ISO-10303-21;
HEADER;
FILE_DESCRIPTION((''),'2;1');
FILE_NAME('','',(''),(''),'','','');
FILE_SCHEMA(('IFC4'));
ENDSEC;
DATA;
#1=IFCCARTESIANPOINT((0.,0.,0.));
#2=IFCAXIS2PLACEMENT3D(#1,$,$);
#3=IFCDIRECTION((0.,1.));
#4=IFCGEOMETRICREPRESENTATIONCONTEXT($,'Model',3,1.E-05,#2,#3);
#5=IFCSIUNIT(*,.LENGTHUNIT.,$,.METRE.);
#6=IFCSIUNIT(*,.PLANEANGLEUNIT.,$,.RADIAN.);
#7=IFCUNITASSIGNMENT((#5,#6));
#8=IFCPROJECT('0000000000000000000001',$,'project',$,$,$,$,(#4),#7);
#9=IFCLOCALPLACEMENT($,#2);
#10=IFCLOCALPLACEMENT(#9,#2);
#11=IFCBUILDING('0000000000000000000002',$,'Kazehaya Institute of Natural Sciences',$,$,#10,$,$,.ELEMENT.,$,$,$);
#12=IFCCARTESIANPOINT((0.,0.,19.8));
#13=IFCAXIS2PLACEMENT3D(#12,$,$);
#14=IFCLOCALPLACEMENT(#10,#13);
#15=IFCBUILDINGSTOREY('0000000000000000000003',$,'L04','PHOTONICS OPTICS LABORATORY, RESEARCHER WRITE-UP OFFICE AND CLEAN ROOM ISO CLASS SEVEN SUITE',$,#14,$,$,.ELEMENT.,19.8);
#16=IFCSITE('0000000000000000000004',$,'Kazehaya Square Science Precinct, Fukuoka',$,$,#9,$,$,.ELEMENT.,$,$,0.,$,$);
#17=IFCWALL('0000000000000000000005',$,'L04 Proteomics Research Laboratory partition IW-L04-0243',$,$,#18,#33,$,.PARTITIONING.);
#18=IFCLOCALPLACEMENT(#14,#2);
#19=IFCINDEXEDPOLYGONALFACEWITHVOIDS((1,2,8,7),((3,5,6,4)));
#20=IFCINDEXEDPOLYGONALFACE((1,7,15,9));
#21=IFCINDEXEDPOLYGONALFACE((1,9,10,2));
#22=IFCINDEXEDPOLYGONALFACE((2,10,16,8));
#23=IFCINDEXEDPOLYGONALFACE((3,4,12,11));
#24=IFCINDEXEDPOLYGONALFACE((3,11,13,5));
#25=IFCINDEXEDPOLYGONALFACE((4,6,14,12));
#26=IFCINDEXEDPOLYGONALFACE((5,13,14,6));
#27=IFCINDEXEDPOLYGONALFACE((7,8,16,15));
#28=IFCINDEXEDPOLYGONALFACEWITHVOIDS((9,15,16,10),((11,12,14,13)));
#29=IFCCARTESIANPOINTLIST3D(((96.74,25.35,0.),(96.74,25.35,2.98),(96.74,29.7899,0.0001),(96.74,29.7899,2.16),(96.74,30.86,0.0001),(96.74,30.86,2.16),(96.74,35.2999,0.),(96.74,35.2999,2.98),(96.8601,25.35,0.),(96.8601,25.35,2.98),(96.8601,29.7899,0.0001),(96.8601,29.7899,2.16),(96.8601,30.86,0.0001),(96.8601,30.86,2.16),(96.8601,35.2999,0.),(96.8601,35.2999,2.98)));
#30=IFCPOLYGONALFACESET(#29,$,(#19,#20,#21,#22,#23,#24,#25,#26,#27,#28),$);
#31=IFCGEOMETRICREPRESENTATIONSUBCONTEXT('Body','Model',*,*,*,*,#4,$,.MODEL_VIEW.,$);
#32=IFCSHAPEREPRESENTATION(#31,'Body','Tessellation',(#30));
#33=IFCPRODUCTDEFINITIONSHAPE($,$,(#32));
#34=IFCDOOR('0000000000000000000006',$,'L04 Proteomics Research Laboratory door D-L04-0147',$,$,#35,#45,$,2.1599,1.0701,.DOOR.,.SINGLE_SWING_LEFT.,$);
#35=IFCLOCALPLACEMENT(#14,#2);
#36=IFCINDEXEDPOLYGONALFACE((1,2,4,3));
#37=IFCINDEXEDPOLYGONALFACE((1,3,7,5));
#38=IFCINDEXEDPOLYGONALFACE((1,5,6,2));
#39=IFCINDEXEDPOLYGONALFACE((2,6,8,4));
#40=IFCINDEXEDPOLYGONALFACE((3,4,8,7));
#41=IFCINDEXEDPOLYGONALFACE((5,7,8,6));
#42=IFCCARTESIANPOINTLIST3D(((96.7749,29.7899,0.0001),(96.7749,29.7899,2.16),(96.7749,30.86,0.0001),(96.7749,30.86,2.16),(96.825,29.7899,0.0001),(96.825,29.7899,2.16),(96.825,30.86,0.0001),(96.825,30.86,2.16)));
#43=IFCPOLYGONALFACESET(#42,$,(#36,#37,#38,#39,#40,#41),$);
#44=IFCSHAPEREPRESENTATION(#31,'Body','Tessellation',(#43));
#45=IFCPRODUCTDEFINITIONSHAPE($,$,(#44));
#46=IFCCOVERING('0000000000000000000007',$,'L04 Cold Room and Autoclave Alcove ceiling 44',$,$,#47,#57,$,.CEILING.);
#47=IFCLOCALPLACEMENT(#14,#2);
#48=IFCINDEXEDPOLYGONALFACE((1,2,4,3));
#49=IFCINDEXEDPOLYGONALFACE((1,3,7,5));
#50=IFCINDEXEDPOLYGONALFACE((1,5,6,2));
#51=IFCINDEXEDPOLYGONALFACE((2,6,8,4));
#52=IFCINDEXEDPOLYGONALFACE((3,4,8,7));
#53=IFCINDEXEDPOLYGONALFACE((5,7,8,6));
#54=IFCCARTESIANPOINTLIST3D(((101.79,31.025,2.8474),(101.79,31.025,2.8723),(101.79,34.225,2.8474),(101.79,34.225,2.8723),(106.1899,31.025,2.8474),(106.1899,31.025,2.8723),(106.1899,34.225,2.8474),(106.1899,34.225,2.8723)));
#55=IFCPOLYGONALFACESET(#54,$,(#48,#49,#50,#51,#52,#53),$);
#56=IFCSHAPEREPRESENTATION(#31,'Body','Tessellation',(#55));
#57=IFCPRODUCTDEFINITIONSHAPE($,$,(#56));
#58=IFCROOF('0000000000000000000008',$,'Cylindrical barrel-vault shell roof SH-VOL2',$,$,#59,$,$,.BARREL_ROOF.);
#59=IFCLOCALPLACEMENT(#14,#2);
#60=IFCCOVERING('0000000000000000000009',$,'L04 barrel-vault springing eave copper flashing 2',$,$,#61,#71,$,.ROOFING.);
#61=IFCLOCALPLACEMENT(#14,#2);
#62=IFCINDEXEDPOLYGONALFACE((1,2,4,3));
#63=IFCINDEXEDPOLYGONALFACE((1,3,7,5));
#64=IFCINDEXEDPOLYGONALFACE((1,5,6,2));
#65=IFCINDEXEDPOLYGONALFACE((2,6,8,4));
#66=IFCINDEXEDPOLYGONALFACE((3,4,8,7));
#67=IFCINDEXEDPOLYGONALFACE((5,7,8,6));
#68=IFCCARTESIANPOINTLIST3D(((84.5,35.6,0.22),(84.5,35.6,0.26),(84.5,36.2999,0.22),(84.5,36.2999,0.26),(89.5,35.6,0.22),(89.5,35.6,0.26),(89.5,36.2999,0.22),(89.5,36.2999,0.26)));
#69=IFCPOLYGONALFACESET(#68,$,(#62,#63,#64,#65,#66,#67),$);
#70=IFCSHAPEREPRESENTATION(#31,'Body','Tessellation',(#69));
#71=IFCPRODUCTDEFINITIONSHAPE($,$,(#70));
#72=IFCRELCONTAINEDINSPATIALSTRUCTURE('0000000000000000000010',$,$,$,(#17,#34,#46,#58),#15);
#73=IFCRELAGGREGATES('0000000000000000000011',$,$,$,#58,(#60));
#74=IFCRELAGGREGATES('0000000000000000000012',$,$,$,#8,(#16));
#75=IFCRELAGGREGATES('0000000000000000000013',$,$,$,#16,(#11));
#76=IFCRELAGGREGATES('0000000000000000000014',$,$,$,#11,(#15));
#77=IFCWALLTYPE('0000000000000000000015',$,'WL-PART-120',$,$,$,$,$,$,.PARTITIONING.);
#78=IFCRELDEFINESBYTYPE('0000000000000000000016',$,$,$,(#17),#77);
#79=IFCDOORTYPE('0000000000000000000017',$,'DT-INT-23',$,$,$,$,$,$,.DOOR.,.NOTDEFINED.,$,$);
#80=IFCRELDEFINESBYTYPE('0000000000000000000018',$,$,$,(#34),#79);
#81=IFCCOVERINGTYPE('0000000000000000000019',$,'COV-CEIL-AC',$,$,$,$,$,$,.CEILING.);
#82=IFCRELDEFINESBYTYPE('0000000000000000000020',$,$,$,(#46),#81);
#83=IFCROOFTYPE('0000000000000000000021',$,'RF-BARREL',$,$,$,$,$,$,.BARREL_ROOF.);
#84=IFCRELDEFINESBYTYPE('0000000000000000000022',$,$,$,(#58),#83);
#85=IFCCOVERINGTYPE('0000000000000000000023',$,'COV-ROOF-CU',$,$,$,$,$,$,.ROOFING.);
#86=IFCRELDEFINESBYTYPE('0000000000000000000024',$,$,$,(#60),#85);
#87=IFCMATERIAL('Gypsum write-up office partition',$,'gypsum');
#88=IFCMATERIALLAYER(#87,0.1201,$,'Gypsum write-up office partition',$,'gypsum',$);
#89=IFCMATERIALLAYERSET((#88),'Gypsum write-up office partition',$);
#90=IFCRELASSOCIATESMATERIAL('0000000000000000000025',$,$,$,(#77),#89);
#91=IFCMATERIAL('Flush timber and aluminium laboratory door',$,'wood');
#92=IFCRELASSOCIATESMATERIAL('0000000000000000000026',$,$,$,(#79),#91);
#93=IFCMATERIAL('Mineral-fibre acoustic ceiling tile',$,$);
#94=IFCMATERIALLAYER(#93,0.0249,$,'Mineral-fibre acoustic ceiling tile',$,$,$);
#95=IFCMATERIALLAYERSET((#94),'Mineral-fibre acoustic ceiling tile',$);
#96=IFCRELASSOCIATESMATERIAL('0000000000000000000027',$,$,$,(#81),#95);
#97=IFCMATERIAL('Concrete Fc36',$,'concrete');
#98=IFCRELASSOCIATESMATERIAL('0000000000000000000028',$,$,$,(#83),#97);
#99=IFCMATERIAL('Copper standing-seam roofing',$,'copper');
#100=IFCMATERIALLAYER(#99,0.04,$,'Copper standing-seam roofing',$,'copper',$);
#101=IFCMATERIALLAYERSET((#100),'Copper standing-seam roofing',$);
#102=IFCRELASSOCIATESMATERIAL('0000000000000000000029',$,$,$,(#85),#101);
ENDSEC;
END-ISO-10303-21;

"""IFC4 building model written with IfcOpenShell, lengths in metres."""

from ifc_helpers import new_model, si_unit, direction, frame, frame_2d, origin, origin_2d, place, context, subcontext, project, spatial, rectangle, extrude, material, layer, layer_set, type_object, element, fill, aggregate, save


model = new_model("IFC4")

# Units and contexts
model_context = context("Model", 3, precision=1e-05, world=origin(), true_north=direction((0.0, 1.0)))
body_context = subcontext(model_context, "Body", "Model", "MODEL_VIEW")
ifc_project = project(units=[si_unit("LENGTHUNIT", "METRE"), si_unit("PLANEANGLEUNIT", "RADIAN")], contexts=[model_context])

# Site, building, storey
site_placement = place(None, origin())
site = spatial("IfcSite", under=ifc_project, at=site_placement, Name="Kazehaya Square Science Precinct, Fukuoka", CompositionType="ELEMENT", RefElevation=0.0)
building_placement = place(site_placement, origin())
building = spatial("IfcBuilding", under=site, at=building_placement, Name="Kazehaya Institute of Natural Sciences", CompositionType="ELEMENT")
storey_placement = place(building_placement, frame((0.0, 0.0, 19.8)))
storey = spatial("IfcBuildingStorey", under=building, at=storey_placement, Name="L04", Description="PHOTONICS OPTICS LABORATORY, RESEARCHER WRITE-UP OFFICE AND CLEAN ROOM ISO CLASS SEVEN SUITE", CompositionType="ELEMENT", Elevation=19.8)

# Shared definitions
ifc_material_1 = material(Name="Concrete Fc36", Category="concrete")

# Wall, opening, door
ifc_material_2 = material(Name="Gypsum write-up office partition", Category="gypsum")
ifc_layer_1 = layer(ifc_material_2, 0.1201, Name="Gypsum write-up office partition", Category="gypsum")
ifc_layer_set_1 = layer_set([ifc_layer_1], Name="Gypsum write-up office partition")
wall_type = type_object("IfcWallType", Name="WL-PART-120", PredefinedType="PARTITIONING", material=ifc_layer_set_1)
wall_placement = place(storey_placement, frame((96.8, 35.3, 0.0), z_axis=(0.0, 0.0, 1.0), x_axis=(0.0, -1.0, 0.0)))
wall = element("IfcWall", 1, at=wall_placement, inside=storey, type_object=wall_type, Name="L04 Proteomics Research Laboratory partition IW-L04-0243", PredefinedType="PARTITIONING", context=body_context, shape_type="SweptSolid", body=[
    extrude(rectangle(XDim=9.95, YDim=0.1201, at=frame_2d((4.9751, 0.0))), origin(), (0.0, 0.0, 1.0), 2.98),
])
opening_placement = place(wall_placement, frame((4.4399, 0.0, 0.0)))
opening = element("IfcOpeningElement", 2, at=opening_placement, cuts=wall, PredefinedType="OPENING", context=body_context, shape_type="SweptSolid", body=[
    extrude(rectangle(XDim=1.0701, YDim=2.1599, at=frame_2d((0.5352, 1.0801))), frame((0.0, 0.0701, 0.0), z_axis=(0.0, -1.0, 0.0), x_axis=(1.0, 0.0, 0.0)), (0.0, 0.0, 1.0), 0.1401),
])
ifc_material_3 = material(Name="Flush timber and aluminium laboratory door", Category="wood")
door_type = type_object("IfcDoorType", Name="DT-INT-23", OperationType="NOTDEFINED", PredefinedType="DOOR", material=ifc_material_3)
door_placement = place(opening_placement, origin())
door = element("IfcDoor", 3, at=door_placement, inside=storey, type_object=door_type, Name="L04 Proteomics Research Laboratory door D-L04-0147", OperationType="SINGLE_SWING_LEFT", OverallHeight=2.1599, OverallWidth=1.0701, PredefinedType="DOOR", context=body_context, shape_type="SweptSolid", body=[
    extrude(rectangle(XDim=1.0701, YDim=2.1599, at=frame_2d((0.5352, 1.0801))), frame((0.0, 0.0249, 0.0), z_axis=(0.0, -1.0, 0.0), x_axis=(1.0, 0.0, 0.0)), (0.0, 0.0, 1.0), 0.05),
])
fill(opening, door)

# Covering
ifc_material_4 = material(Name="Mineral-fibre acoustic ceiling tile")
ifc_layer_2 = layer(ifc_material_4, 0.0249, Name="Mineral-fibre acoustic ceiling tile")
ifc_layer_set_2 = layer_set([ifc_layer_2], Name="Mineral-fibre acoustic ceiling tile")
covering_type_1 = type_object("IfcCoveringType", Name="COV-CEIL-AC", PredefinedType="CEILING", material=ifc_layer_set_2)
covering_1_placement = place(storey_placement, frame((103.99, 32.625, 2.8474), z_axis=(0.0, 0.0, 1.0), x_axis=(1.0, 0.0, 0.0)))
element("IfcCovering", 4, at=covering_1_placement, inside=storey, type_object=covering_type_1, Name="L04 Cold Room and Autoclave Alcove ceiling 44", PredefinedType="CEILING", context=body_context, shape_type="SweptSolid", body=[
    extrude(rectangle(XDim=4.3999, YDim=3.2, at=origin_2d()), origin(), (0.0, 0.0, 1.0), 0.0249),
])

# Roof, covering
roof_type = type_object("IfcRoofType", Name="RF-BARREL", PredefinedType="BARREL_ROOF", material=ifc_material_1)
roof_placement = place(storey_placement, origin())
roof = element("IfcRoof", 5, at=roof_placement, inside=storey, type_object=roof_type, Name="Cylindrical barrel-vault shell roof SH-VOL2", PredefinedType="BARREL_ROOF")
ifc_material_5 = material(Name="Copper standing-seam roofing", Category="copper")
ifc_layer_3 = layer(ifc_material_5, 0.04, Name="Copper standing-seam roofing", Category="copper")
ifc_layer_set_3 = layer_set([ifc_layer_3], Name="Copper standing-seam roofing")
covering_type_2 = type_object("IfcCoveringType", Name="COV-ROOF-CU", PredefinedType="ROOFING", material=ifc_layer_set_3)
covering_2_placement = place(storey_placement, frame((87.0, 35.95, 0.22), z_axis=(0.0, 0.0, 1.0), x_axis=(1.0, 0.0, 0.0)))
covering_2 = element("IfcCovering", 6, at=covering_2_placement, type_object=covering_type_2, Name="L04 barrel-vault springing eave copper flashing 2", PredefinedType="ROOFING", context=body_context, shape_type="SweptSolid", body=[
    extrude(rectangle(XDim=5.0, YDim=0.7, at=origin_2d()), origin(), (0.0, 0.0, 1.0), 0.04),
])
aggregate(roof, [covering_2])

save(model, "model.ifc")
